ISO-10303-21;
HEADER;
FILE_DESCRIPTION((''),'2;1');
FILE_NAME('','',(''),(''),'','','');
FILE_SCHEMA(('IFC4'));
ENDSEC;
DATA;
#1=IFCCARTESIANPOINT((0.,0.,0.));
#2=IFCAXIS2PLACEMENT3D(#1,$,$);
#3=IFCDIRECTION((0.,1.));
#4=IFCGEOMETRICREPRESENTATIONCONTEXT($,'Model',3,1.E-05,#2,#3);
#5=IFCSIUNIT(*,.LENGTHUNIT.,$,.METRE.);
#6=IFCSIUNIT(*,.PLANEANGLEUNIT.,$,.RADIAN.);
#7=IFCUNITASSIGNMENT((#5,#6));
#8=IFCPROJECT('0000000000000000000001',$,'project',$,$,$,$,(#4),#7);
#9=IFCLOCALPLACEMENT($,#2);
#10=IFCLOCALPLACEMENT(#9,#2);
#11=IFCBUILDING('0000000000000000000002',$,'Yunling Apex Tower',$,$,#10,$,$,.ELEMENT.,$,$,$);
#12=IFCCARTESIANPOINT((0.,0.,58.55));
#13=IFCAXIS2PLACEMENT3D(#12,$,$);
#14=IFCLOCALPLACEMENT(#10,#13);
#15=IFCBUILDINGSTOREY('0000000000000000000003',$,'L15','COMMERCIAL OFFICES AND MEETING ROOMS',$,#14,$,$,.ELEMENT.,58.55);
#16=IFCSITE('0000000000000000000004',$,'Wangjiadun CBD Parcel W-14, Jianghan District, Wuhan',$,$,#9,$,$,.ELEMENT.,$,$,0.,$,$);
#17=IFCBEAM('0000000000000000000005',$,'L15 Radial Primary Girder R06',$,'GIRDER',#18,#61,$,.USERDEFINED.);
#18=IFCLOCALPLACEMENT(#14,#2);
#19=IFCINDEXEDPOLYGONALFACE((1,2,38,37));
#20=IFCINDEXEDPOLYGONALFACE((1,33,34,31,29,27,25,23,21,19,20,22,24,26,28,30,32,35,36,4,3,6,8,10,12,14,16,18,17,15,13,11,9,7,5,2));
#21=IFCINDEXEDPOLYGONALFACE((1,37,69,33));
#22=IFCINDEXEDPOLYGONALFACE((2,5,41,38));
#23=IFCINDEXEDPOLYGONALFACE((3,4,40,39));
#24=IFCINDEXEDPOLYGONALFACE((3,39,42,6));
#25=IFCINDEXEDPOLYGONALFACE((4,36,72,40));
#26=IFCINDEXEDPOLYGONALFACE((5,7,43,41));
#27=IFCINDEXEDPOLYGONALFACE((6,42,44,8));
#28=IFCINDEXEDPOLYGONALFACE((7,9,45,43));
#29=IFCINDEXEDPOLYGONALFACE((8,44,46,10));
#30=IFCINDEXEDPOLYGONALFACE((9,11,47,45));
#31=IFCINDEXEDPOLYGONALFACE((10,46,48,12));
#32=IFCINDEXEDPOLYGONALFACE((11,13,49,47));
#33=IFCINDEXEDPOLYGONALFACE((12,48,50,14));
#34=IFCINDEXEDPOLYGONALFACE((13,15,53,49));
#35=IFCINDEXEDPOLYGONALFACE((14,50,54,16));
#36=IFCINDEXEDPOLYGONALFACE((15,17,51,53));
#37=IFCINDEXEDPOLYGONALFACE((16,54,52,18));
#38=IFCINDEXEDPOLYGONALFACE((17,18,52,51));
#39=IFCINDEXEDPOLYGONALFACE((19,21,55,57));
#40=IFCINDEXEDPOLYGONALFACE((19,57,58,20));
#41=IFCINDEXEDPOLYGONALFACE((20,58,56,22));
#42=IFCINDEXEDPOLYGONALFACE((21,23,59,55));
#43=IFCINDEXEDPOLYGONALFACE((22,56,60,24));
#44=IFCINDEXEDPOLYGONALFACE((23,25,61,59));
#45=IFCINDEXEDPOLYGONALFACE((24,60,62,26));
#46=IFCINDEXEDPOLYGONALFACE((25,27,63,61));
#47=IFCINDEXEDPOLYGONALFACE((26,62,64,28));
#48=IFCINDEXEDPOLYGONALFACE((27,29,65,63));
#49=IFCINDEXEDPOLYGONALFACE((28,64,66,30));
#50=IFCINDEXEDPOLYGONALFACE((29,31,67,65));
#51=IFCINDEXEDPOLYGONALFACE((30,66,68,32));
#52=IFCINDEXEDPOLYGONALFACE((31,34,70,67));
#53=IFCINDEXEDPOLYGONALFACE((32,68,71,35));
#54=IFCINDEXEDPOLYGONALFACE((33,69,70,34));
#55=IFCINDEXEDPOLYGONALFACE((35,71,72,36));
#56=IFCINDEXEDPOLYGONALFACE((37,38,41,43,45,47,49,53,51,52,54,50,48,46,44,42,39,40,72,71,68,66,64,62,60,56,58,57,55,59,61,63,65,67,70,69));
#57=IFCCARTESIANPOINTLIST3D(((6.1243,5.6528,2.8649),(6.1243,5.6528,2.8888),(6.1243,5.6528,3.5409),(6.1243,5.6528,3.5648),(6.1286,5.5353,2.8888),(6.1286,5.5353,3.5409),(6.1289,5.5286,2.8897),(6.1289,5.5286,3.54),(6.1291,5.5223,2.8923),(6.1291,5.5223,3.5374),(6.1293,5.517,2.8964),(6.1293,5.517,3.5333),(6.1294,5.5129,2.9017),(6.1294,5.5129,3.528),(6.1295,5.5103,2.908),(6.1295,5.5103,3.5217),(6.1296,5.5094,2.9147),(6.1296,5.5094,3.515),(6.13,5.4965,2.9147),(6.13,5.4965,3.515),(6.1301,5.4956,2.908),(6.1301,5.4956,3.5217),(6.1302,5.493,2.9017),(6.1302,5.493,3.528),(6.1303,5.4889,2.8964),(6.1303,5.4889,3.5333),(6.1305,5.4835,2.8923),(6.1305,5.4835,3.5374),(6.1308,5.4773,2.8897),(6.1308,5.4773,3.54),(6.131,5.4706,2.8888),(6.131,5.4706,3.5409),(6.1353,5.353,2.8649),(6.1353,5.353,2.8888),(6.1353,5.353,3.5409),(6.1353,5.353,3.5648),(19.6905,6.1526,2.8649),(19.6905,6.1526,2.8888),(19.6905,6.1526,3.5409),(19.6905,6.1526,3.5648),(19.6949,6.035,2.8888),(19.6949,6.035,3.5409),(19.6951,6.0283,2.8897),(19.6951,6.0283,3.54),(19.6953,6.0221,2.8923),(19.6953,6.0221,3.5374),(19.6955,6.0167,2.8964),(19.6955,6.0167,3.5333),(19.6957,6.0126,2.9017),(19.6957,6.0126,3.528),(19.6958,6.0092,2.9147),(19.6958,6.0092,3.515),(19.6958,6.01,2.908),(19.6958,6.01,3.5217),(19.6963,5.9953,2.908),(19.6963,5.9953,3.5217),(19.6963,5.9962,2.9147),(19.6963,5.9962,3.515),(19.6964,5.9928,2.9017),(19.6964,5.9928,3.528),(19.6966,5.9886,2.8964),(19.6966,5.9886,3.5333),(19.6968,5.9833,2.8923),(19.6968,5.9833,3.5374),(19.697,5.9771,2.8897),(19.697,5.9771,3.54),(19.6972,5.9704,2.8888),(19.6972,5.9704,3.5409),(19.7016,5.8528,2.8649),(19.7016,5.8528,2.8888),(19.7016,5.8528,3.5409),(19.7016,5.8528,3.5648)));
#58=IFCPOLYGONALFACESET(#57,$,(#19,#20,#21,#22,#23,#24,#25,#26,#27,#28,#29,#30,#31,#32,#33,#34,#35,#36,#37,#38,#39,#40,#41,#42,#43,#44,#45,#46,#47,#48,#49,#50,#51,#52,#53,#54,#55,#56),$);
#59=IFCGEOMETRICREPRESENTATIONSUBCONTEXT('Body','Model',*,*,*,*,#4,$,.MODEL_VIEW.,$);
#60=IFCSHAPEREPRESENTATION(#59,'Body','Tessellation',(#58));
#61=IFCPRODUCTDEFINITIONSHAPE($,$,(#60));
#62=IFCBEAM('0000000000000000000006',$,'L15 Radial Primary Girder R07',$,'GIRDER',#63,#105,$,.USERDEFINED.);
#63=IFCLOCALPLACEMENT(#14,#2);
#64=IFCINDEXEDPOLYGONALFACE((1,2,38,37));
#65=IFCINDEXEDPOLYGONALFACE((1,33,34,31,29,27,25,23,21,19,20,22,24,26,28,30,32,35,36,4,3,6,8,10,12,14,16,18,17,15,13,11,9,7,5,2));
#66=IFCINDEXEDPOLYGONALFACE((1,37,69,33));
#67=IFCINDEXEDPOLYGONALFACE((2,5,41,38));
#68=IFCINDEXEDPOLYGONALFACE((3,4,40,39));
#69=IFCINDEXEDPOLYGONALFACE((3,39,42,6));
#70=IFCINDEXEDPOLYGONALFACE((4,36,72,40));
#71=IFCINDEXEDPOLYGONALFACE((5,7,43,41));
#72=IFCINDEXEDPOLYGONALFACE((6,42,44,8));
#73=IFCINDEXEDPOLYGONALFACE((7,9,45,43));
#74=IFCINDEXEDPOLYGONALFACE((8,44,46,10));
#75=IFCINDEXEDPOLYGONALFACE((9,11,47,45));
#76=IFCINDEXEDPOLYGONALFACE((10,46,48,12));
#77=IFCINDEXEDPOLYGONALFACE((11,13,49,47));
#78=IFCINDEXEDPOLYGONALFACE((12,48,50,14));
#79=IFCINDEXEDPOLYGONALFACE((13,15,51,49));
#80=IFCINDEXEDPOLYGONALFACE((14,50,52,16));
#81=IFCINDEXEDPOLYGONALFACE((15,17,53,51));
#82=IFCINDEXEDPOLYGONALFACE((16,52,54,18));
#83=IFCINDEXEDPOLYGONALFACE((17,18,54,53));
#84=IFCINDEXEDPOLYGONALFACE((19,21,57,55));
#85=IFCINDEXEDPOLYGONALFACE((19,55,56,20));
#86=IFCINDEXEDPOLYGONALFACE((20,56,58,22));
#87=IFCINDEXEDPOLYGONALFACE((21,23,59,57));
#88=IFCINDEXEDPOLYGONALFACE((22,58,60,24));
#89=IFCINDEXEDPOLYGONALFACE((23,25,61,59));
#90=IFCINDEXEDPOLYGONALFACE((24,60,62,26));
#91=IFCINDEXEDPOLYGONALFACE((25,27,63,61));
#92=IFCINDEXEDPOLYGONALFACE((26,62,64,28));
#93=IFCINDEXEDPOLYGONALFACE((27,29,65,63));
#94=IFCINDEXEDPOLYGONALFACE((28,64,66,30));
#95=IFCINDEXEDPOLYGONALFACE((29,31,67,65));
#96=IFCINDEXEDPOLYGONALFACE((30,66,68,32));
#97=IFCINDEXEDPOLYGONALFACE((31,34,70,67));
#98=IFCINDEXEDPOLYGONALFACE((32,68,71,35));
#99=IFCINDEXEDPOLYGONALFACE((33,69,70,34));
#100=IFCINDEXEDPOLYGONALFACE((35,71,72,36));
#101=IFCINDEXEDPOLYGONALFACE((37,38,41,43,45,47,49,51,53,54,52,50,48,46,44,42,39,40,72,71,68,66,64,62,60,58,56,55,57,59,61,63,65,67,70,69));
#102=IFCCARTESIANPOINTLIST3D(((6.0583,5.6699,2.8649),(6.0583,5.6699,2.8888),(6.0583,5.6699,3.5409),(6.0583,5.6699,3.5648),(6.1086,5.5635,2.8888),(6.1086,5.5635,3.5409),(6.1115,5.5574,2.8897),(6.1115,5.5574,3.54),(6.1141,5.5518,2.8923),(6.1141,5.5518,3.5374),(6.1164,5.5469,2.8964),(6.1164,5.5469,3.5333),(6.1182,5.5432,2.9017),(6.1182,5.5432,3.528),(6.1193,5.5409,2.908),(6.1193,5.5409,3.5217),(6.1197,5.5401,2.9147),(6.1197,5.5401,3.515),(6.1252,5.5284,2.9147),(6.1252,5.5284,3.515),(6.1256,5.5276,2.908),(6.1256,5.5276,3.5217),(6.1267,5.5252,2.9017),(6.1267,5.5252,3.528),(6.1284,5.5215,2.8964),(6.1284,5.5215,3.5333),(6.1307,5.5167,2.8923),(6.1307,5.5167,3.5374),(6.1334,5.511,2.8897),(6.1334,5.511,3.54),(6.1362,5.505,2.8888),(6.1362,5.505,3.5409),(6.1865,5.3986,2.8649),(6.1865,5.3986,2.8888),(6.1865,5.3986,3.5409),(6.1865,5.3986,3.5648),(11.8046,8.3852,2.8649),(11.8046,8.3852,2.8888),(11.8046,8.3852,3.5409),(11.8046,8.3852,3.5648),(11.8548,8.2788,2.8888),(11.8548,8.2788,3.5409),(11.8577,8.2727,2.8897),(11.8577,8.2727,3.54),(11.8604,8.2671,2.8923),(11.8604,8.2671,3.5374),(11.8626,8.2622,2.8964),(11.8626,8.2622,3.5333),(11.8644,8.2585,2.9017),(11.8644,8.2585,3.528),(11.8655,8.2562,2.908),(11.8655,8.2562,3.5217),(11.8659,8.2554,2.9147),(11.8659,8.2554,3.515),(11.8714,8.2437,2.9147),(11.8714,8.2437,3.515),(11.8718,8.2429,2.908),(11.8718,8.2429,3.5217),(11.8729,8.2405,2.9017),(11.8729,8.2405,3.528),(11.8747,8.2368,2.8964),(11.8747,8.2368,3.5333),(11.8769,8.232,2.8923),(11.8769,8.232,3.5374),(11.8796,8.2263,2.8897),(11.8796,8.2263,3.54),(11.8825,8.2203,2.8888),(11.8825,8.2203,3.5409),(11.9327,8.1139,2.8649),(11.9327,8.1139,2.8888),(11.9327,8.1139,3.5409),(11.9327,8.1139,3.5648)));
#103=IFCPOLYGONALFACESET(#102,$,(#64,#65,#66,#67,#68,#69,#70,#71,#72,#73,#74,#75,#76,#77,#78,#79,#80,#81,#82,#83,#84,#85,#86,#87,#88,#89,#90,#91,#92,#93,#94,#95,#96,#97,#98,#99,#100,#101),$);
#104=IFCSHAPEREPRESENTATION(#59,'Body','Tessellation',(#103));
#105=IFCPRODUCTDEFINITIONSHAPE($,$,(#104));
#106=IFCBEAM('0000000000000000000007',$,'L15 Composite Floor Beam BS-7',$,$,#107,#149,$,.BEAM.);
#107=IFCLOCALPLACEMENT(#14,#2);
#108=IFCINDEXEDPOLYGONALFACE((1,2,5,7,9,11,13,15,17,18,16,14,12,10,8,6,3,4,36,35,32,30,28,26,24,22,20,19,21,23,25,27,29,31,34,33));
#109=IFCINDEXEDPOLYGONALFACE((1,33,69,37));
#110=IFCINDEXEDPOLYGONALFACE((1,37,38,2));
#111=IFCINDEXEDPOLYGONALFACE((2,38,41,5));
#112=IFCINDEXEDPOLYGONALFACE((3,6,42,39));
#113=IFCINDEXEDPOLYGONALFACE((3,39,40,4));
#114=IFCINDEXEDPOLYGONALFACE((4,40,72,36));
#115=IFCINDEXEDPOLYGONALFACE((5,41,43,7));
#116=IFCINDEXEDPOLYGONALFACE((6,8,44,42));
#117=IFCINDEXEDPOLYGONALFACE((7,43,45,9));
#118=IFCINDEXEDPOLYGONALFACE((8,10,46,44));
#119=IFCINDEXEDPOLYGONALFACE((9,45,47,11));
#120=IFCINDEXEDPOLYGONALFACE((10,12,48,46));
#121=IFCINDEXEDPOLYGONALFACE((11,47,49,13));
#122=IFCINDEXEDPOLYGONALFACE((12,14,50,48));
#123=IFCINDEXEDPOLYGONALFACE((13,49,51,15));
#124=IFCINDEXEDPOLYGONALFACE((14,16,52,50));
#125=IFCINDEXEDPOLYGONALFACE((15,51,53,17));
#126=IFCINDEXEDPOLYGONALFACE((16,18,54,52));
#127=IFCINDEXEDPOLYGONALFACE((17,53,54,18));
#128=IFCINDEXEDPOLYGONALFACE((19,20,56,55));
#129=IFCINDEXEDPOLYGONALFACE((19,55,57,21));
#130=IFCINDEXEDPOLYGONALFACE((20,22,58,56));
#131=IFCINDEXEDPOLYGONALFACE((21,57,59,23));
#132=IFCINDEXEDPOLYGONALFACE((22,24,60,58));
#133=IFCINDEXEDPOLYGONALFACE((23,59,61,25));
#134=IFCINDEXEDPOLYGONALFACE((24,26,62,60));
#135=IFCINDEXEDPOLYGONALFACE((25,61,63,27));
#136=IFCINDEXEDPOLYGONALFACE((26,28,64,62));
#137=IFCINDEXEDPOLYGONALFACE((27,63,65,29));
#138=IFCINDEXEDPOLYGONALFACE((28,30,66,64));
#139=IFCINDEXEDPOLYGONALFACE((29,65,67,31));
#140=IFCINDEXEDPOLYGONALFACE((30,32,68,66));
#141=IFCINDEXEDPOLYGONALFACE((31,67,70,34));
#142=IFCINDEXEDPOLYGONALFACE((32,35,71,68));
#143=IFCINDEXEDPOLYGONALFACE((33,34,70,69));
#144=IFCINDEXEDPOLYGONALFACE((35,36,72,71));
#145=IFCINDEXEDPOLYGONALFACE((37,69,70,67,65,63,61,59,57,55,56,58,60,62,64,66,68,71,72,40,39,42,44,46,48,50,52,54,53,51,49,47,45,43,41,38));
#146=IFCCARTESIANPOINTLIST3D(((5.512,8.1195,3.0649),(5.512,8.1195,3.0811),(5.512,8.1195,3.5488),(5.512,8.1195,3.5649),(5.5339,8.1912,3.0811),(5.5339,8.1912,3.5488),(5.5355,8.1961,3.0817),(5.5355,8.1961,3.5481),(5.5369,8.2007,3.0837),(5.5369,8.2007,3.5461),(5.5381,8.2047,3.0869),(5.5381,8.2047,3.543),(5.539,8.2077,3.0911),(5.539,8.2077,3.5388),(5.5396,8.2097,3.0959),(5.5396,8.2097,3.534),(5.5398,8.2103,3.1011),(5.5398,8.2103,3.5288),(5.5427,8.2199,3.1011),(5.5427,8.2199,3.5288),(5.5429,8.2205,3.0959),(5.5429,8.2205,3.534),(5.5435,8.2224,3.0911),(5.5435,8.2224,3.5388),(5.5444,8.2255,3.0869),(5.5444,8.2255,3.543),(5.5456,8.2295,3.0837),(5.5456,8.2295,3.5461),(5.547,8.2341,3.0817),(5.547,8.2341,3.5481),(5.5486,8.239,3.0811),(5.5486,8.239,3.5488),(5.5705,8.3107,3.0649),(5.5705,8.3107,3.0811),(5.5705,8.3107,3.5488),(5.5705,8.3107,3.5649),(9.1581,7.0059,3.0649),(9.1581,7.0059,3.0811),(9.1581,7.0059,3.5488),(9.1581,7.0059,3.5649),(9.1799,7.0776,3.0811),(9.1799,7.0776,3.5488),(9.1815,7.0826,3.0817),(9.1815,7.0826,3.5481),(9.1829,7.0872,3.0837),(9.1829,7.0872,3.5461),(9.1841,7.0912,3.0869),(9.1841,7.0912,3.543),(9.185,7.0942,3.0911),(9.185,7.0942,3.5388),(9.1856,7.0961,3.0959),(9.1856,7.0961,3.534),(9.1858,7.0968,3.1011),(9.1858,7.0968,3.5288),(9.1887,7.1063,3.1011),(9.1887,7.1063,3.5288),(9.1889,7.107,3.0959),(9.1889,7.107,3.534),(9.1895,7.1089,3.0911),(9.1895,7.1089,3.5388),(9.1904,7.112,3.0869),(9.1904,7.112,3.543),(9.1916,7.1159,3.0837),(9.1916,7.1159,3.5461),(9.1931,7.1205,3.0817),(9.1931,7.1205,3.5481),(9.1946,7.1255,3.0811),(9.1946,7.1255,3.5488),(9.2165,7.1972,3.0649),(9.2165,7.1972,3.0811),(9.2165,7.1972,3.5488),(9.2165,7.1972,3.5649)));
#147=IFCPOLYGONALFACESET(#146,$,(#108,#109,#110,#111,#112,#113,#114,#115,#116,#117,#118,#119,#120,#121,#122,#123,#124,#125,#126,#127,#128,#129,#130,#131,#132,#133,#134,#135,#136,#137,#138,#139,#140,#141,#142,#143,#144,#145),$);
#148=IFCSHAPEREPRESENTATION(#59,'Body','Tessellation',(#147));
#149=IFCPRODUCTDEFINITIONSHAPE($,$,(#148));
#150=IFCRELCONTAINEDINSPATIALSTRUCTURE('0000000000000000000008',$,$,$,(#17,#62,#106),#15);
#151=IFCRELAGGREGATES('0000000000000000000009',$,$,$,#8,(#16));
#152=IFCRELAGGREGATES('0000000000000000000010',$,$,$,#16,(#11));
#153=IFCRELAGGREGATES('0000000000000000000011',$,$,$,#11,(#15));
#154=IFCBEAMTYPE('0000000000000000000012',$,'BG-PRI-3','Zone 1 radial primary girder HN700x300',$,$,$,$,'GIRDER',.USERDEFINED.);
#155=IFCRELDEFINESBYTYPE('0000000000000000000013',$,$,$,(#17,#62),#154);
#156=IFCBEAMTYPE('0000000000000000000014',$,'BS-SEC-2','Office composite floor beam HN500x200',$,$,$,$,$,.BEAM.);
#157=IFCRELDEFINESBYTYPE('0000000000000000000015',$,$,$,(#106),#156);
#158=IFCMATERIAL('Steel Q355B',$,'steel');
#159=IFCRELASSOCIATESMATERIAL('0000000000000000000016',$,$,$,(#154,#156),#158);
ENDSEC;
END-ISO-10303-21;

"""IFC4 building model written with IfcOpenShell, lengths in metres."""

from ifc_helpers import new_model, si_unit, direction, frame, origin, origin_2d, place, context, subcontext, project, spatial, i_section, extrude, source, transform, mapped, material, material_profile, profile_set, type_object, element, save


model = new_model("IFC4")

# Units and contexts
model_context = context("Model", 3, precision=1e-05, world=origin(), true_north=direction((0.0, 1.0)))
body_context = subcontext(model_context, "Body", "Model", "MODEL_VIEW")
ifc_project = project(units=[si_unit("LENGTHUNIT", "METRE"), si_unit("PLANEANGLEUNIT", "RADIAN")], contexts=[model_context])

# Site, building, storey
site_placement = place(None, origin())
site = spatial("IfcSite", under=ifc_project, at=site_placement, Name="Wangjiadun CBD Parcel W-14, Jianghan District, Wuhan", CompositionType="ELEMENT", RefElevation=0.0)
building_placement = place(site_placement, origin())
building = spatial("IfcBuilding", under=site, at=building_placement, Name="Yunling Apex Tower", CompositionType="ELEMENT")
storey_placement = place(building_placement, frame((0.0, 0.0, 58.55)))
storey = spatial("IfcBuildingStorey", under=building, at=storey_placement, Name="L15", Description="COMMERCIAL OFFICES AND MEETING ROOMS", CompositionType="ELEMENT", Elevation=58.55)

# Beams
ifc_material_1 = material(Name="Steel Q355B", Category="steel")
ifc_material_profile_1 = material_profile(ifc_material_1, i_section(OverallWidth=0.3, OverallDepth=0.7, WebThickness=0.0129, FlangeThickness=0.0239, FilletRadius=0.0259, at=origin_2d()))
ifc_profile_set_1 = profile_set([ifc_material_profile_1], Name="Steel Q355B")
beam_type_1 = type_object("IfcBeamType", Name="BG-PRI-3", Description="Zone 1 radial primary girder HN700x300", ElementType="GIRDER", PredefinedType="USERDEFINED", material=ifc_profile_set_1)
shared_shape_1 = source(origin(), body_context, "Body", "SweptSolid", [
    extrude(i_section(OverallWidth=0.3, OverallDepth=0.7, WebThickness=0.0129, FlangeThickness=0.0239, FilletRadius=0.0259, at=origin_2d()), origin(), (0.0, 0.0, 1.0), 13.5754),
])
beam_1_placement = place(storey_placement, frame((19.696, 6.0027, 3.2148), z_axis=(-0.999322, -0.036813, 0.0), x_axis=(0.036813, -0.999322, 0.0)))
element("IfcBeam", 1, at=beam_1_placement, inside=storey, type_object=beam_type_1, Name="L15 Radial Primary Girder R06", ObjectType="GIRDER", PredefinedType="USERDEFINED", context=body_context, shape_type="MappedRepresentation", body=[
    mapped(shared_shape_1, transform((0.0, 0.0, 0.0), scale=1.0)),
])
shared_shape_2 = source(origin(), body_context, "Body", "SweptSolid", [
    extrude(i_section(OverallWidth=0.3, OverallDepth=0.7, WebThickness=0.0129, FlangeThickness=0.0239, FilletRadius=0.0259, at=origin_2d()), origin(), (0.0, 0.0, 1.0), 6.3555),
])
beam_2_placement = place(storey_placement, frame((11.8687, 8.2495, 3.2148), z_axis=(-0.90414, -0.427236, 0.0), x_axis=(0.427236, -0.90414, 0.0)))
element("IfcBeam", 2, at=beam_2_placement, inside=storey, type_object=beam_type_1, Name="L15 Radial Primary Girder R07", ObjectType="GIRDER", PredefinedType="USERDEFINED", context=body_context, shape_type="MappedRepresentation", body=[
    mapped(shared_shape_2, transform((0.0, 0.0, 0.0), scale=1.0)),
])
ifc_material_profile_2 = material_profile(ifc_material_1, i_section(OverallWidth=0.2, OverallDepth=0.5, WebThickness=0.01, FlangeThickness=0.0161, FilletRadius=0.02, at=origin_2d()))
ifc_profile_set_2 = profile_set([ifc_material_profile_2], Name="Steel Q355B")
beam_type_2 = type_object("IfcBeamType", Name="BS-SEC-2", Description="Office composite floor beam HN500x200", PredefinedType="BEAM", material=ifc_profile_set_2)
shared_shape_3 = source(origin(), body_context, "Body", "SweptSolid", [
    extrude(i_section(OverallWidth=0.2, OverallDepth=0.5, WebThickness=0.01, FlangeThickness=0.0161, FilletRadius=0.02, at=origin_2d()), origin(), (0.0, 0.0, 1.0), 3.8123),
])
beam_3_placement = place(storey_placement, frame((9.1873, 7.1016, 3.3149), z_axis=(-0.95639, 0.292092, 0.0), x_axis=(-0.292092, -0.95639, 0.0)))
element("IfcBeam", 3, at=beam_3_placement, inside=storey, type_object=beam_type_2, Name="L15 Composite Floor Beam BS-7", PredefinedType="BEAM", context=body_context, shape_type="MappedRepresentation", body=[
    mapped(shared_shape_3, transform((0.0, 0.0, 0.0), scale=1.0)),
])

save(model, "model.ifc")
